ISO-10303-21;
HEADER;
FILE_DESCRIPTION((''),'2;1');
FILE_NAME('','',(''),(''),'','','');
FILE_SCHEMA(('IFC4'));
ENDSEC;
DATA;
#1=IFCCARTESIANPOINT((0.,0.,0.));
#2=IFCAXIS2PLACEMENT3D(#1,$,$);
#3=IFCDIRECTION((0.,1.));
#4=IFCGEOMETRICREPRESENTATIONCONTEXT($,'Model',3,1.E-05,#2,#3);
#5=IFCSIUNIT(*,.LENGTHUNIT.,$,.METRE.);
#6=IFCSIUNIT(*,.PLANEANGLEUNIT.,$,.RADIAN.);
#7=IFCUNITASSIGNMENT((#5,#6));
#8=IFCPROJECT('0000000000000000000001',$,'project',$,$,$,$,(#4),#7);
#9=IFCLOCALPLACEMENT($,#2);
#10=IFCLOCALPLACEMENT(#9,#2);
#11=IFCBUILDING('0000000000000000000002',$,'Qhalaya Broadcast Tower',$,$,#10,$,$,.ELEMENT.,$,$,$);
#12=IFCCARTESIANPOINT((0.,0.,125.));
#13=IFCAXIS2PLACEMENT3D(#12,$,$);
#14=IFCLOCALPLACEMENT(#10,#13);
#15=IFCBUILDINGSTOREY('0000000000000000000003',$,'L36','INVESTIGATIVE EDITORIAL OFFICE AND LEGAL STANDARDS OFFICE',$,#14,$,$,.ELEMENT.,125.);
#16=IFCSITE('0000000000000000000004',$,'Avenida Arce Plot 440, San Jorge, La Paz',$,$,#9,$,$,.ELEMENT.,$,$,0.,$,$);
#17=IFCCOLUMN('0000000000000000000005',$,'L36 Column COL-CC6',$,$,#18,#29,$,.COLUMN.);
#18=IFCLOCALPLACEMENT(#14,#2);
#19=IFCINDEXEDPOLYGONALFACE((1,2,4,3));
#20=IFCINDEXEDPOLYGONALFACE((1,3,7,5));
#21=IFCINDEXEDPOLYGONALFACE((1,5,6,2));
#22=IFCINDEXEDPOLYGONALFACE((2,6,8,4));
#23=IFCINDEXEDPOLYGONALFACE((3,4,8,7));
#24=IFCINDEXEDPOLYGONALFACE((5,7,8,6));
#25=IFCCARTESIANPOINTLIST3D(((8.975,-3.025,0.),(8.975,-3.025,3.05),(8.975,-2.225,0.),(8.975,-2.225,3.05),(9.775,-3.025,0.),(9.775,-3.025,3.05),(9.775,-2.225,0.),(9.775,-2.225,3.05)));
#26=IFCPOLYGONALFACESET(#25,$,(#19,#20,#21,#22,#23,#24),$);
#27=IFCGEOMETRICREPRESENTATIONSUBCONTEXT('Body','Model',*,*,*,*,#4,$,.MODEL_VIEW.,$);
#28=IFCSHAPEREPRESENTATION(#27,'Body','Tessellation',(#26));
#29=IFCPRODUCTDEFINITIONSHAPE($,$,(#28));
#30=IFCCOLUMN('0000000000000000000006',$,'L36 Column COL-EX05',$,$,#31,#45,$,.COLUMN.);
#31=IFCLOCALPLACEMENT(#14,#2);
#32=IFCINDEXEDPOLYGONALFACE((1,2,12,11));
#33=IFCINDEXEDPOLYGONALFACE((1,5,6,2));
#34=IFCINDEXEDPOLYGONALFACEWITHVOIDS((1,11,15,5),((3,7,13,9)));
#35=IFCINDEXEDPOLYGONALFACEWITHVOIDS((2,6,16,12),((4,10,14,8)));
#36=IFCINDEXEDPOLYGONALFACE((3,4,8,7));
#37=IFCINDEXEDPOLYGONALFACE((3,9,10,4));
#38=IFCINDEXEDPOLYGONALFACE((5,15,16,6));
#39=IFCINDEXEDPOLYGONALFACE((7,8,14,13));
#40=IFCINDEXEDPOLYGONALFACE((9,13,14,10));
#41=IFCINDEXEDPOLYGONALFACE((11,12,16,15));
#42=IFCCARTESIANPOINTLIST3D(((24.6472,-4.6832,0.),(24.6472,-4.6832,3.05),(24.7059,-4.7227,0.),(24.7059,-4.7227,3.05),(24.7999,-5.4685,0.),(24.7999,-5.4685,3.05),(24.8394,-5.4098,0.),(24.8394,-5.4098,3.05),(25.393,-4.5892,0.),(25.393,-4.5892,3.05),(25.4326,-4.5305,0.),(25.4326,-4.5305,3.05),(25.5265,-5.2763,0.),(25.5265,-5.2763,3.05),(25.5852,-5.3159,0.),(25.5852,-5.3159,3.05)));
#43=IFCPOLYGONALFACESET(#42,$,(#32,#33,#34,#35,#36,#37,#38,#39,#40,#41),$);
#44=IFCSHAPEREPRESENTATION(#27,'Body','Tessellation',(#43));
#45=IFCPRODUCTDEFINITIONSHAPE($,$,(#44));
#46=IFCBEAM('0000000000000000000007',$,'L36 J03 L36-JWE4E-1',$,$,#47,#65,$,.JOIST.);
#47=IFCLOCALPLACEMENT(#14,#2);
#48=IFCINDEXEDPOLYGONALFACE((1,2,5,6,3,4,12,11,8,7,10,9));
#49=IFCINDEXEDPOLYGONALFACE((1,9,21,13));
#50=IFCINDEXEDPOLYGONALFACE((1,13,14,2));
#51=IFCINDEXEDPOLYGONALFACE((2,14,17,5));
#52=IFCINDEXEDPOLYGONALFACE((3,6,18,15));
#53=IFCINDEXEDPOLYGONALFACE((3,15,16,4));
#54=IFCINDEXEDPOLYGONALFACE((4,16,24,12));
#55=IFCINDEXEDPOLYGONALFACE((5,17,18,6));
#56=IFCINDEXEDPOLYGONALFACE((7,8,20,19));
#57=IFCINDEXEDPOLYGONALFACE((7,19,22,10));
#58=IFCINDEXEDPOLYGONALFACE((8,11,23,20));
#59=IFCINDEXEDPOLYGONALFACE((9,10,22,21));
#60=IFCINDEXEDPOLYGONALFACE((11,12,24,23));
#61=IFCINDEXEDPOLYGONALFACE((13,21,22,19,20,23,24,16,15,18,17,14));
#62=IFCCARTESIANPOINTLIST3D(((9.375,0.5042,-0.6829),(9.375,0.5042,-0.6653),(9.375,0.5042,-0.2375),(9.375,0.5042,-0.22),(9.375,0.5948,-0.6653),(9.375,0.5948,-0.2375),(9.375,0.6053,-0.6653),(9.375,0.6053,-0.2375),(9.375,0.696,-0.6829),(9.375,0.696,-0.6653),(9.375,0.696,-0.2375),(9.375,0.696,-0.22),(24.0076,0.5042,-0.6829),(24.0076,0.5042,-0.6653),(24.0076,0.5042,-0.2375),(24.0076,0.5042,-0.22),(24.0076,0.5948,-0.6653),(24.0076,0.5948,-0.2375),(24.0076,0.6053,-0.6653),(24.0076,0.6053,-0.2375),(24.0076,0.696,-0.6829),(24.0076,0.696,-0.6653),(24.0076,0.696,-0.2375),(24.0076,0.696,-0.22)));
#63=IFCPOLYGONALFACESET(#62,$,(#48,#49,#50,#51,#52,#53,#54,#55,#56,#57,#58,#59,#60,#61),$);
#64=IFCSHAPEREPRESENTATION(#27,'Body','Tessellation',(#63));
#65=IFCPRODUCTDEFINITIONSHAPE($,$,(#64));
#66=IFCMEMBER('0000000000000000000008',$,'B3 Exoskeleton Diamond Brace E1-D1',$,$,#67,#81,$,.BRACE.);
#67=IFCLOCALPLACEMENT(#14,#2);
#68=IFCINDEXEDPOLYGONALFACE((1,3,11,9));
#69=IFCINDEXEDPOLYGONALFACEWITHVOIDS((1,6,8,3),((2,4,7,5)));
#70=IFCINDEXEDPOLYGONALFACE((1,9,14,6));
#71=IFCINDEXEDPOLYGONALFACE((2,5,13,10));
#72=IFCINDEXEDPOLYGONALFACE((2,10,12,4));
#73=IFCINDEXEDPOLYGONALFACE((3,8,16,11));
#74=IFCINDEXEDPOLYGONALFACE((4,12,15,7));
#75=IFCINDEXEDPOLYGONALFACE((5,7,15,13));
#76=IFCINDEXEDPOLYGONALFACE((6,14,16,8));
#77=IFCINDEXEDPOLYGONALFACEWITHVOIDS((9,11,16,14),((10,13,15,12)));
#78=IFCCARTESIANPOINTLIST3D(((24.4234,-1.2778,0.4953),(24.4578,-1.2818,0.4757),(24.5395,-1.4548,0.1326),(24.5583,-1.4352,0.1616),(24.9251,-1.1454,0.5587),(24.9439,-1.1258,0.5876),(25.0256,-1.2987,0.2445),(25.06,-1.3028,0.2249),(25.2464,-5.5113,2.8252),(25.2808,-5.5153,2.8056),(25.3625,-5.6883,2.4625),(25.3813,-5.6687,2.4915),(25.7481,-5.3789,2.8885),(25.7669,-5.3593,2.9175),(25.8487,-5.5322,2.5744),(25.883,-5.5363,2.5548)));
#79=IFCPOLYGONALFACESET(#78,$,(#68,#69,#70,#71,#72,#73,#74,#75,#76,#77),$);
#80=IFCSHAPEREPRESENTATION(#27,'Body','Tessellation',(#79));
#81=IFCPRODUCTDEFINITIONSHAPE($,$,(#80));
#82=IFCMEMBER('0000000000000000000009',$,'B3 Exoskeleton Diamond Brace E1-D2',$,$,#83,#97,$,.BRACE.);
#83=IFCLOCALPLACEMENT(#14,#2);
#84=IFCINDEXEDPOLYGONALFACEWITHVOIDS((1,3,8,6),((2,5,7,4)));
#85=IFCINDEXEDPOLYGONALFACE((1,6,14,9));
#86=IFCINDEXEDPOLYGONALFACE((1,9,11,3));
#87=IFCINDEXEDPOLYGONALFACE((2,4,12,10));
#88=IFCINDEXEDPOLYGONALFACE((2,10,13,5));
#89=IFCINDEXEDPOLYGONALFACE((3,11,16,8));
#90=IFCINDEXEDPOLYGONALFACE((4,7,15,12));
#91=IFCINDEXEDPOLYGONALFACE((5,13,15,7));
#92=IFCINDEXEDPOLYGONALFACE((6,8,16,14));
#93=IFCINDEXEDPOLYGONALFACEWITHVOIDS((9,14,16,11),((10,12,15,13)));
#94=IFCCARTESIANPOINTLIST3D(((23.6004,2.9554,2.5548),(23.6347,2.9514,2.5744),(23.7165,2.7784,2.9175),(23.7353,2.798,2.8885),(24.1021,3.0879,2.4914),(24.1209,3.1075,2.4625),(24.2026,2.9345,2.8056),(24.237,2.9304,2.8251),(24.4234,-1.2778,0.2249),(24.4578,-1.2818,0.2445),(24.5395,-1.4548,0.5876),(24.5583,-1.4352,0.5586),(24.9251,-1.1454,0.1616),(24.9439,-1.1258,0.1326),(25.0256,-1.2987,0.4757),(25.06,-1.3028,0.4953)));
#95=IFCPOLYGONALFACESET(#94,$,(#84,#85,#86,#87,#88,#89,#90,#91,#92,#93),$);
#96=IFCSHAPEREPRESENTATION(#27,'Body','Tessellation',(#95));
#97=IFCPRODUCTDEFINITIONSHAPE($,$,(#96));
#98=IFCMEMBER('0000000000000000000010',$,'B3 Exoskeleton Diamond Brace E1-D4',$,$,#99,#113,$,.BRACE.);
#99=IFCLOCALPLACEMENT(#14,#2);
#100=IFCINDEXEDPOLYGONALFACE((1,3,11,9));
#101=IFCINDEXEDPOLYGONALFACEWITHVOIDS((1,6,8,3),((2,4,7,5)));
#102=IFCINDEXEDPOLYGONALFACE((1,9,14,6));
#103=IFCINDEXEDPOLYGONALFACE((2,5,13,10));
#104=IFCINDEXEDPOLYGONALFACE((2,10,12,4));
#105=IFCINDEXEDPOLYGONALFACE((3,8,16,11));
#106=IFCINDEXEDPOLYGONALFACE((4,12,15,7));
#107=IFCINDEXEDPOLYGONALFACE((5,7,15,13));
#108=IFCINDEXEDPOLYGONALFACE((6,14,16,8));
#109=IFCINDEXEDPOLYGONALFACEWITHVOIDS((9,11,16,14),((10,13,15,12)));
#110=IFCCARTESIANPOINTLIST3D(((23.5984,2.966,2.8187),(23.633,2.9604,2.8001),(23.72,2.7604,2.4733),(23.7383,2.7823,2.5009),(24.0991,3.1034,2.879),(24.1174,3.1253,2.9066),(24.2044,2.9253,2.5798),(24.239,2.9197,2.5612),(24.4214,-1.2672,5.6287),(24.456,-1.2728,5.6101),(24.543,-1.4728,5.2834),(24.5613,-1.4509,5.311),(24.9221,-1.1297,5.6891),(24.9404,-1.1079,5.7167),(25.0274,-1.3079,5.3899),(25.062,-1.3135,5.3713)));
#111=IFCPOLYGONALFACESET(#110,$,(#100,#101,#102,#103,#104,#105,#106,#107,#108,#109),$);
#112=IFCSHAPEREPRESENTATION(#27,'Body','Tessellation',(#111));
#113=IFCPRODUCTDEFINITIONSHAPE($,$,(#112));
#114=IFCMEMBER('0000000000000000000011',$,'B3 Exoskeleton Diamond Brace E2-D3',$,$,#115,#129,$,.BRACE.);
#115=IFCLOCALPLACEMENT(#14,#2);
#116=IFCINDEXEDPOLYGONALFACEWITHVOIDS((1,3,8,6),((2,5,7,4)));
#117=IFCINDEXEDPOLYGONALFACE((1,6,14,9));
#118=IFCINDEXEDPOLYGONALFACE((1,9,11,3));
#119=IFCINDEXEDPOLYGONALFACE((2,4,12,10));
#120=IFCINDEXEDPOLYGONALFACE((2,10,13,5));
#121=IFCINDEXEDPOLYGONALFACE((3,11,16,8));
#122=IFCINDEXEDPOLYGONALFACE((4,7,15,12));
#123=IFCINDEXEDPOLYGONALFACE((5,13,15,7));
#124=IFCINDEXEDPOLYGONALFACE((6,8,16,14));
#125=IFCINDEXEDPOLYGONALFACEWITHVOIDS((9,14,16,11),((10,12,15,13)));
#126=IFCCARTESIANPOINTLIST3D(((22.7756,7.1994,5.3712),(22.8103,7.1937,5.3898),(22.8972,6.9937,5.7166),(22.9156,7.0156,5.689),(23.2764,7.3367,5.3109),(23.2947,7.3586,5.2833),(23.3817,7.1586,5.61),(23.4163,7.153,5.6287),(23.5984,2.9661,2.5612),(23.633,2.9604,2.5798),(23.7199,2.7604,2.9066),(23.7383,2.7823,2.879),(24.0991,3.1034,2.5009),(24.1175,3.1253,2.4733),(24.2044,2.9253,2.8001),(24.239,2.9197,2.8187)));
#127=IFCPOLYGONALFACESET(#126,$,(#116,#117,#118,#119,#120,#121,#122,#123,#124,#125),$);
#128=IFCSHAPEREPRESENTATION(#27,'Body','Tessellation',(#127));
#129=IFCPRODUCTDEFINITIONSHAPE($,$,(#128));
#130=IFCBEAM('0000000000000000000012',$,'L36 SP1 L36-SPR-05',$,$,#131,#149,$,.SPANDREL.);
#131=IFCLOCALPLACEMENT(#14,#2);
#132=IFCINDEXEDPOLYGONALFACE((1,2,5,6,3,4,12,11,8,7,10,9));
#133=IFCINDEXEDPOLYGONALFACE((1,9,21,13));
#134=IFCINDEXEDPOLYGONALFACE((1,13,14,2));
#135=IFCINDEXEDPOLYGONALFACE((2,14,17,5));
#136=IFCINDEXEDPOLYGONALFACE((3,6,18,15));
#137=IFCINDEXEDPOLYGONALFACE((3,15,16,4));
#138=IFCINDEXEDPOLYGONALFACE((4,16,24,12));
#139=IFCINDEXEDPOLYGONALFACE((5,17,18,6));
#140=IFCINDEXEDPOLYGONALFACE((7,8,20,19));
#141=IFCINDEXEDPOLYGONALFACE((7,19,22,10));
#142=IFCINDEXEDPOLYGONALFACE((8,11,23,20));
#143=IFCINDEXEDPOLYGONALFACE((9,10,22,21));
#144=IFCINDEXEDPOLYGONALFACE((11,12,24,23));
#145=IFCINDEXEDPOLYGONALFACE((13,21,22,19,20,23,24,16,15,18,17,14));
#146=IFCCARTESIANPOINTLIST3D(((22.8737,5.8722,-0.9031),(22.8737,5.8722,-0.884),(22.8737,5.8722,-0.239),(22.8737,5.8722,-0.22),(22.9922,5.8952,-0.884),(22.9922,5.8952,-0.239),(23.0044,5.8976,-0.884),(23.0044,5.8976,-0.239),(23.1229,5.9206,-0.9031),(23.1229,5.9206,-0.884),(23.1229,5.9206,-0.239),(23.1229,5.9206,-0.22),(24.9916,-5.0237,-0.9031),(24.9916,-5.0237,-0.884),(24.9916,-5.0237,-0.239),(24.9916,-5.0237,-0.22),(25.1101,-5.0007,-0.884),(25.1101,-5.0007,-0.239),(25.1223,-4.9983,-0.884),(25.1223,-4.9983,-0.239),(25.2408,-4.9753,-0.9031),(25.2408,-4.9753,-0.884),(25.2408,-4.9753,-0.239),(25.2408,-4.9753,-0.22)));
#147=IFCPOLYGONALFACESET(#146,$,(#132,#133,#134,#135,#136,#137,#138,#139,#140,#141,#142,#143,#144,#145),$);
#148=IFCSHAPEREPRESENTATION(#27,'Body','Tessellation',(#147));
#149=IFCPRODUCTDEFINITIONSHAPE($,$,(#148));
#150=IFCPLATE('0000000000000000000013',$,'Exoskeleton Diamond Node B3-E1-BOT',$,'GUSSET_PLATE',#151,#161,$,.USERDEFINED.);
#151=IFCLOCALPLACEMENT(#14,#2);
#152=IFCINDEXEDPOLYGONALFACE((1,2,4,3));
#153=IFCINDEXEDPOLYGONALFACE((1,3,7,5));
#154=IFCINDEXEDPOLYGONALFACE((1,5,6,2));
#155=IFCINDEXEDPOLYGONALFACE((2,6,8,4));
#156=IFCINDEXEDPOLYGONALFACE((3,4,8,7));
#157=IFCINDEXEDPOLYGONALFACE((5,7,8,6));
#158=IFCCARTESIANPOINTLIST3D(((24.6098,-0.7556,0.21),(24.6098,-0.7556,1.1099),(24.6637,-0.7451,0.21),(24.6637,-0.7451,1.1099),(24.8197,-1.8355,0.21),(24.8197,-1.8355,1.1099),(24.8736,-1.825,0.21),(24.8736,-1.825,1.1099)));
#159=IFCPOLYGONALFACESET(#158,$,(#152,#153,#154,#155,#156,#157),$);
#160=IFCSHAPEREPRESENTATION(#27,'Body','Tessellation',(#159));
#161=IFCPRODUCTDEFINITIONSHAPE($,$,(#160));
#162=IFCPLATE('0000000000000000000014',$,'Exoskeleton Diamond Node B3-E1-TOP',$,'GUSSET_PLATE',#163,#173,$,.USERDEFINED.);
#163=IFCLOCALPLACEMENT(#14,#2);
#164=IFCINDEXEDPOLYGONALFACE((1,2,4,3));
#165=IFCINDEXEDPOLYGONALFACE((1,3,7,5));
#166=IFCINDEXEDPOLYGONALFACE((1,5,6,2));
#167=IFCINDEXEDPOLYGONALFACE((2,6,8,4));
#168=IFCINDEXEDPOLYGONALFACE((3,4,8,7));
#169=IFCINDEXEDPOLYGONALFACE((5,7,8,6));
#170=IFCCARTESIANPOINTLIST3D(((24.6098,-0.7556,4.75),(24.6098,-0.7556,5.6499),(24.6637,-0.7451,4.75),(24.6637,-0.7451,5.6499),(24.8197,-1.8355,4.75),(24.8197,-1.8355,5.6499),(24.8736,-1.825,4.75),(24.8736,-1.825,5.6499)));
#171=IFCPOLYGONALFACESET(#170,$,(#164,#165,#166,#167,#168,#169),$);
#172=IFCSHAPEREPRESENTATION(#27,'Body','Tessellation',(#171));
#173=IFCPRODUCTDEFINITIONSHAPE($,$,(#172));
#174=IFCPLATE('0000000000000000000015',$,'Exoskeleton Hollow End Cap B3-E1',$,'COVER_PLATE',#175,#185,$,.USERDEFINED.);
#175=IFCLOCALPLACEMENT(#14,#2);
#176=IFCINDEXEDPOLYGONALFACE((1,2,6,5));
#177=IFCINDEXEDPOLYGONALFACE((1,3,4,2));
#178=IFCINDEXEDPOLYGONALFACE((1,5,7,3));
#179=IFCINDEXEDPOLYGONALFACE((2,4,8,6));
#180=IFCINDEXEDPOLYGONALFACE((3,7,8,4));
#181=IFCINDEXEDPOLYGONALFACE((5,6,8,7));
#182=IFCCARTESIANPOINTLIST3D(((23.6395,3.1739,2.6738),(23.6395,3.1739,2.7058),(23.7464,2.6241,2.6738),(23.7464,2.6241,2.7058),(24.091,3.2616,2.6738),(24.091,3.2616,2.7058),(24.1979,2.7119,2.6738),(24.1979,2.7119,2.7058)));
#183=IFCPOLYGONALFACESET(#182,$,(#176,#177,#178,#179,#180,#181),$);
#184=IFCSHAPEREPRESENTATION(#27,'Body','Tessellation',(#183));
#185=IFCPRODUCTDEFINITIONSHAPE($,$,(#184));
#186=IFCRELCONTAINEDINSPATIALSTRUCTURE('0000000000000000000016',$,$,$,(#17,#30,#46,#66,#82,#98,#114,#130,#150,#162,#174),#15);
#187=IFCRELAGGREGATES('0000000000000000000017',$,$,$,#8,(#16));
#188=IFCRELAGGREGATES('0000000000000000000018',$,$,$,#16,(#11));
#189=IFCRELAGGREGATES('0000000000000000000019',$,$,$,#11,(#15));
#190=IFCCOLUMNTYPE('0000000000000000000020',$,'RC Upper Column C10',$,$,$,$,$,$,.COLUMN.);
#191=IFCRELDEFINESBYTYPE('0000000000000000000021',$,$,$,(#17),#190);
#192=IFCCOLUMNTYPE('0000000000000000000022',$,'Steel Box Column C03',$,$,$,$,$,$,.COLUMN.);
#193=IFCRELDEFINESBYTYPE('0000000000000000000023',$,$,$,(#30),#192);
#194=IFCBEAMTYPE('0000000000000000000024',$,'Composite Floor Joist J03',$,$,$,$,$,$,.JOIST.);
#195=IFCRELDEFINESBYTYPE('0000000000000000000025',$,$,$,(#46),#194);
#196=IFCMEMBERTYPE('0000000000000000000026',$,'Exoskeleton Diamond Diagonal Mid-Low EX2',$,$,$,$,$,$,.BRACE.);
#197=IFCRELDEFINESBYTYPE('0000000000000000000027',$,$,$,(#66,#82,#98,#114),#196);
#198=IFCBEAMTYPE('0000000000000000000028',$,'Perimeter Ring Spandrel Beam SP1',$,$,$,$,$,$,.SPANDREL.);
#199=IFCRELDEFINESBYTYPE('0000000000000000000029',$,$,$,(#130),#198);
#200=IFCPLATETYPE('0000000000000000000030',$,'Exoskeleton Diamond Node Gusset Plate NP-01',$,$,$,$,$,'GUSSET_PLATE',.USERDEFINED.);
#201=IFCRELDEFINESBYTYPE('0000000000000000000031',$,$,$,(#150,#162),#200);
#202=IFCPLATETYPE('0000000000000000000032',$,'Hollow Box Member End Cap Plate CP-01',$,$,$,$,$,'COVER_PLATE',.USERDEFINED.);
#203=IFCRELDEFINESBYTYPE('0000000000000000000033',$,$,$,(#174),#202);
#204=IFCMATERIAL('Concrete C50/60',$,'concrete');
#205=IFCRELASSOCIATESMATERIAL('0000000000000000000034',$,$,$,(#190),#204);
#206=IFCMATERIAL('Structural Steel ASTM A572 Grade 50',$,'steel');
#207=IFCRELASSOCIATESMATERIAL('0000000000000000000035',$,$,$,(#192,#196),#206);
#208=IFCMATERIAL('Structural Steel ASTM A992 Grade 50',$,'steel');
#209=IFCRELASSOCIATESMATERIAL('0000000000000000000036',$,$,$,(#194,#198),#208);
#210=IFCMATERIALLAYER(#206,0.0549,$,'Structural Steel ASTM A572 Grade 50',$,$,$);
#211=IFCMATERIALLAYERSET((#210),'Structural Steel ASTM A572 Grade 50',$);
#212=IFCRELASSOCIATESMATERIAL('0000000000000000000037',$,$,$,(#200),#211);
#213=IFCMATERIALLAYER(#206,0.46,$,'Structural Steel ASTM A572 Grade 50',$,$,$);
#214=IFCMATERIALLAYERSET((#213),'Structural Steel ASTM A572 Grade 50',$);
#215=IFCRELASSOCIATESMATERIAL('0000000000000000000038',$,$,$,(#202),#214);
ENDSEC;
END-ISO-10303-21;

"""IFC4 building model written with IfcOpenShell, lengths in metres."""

from ifc_helpers import new_model, si_unit, direction, frame, origin, origin_2d, place, context, subcontext, project, spatial, rectangle, hollow_rectangle, i_section, extrude, material, layer, layer_set, material_profile, profile_set, type_object, element, save


model = new_model("IFC4")

# Units and contexts
model_context = context("Model", 3, precision=1e-05, world=origin(), true_north=direction((0.0, 1.0)))
body_context = subcontext(model_context, "Body", "Model", "MODEL_VIEW")
ifc_project = project(units=[si_unit("LENGTHUNIT", "METRE"), si_unit("PLANEANGLEUNIT", "RADIAN")], contexts=[model_context])

# Site, building, storey
site_placement = place(None, origin())
site = spatial("IfcSite", under=ifc_project, at=site_placement, Name="Avenida Arce Plot 440, San Jorge, La Paz", CompositionType="ELEMENT", RefElevation=0.0)
building_placement = place(site_placement, origin())
building = spatial("IfcBuilding", under=site, at=building_placement, Name="Qhalaya Broadcast Tower", CompositionType="ELEMENT")
storey_placement = place(building_placement, frame((0.0, 0.0, 125.0)))
storey = spatial("IfcBuildingStorey", under=building, at=storey_placement, Name="L36", Description="INVESTIGATIVE EDITORIAL OFFICE AND LEGAL STANDARDS OFFICE", CompositionType="ELEMENT", Elevation=125.0)

# Columns
ifc_material_1 = material(Name="Concrete C50/60", Category="concrete")
ifc_material_profile_1 = material_profile(ifc_material_1, rectangle(XDim=0.8, YDim=0.8, at=origin_2d()), Name="RC-COL 800x800")
ifc_profile_set_1 = profile_set([ifc_material_profile_1], Name="Concrete C50/60")
column_type_1 = type_object("IfcColumnType", Name="RC Upper Column C10", PredefinedType="COLUMN", material=ifc_profile_set_1)
column_1_placement = place(storey_placement, frame((9.375, -2.625, 0.0), z_axis=(0.0, 0.0, 1.0), x_axis=(1.0, 0.0, 0.0)))
element("IfcColumn", 1, at=column_1_placement, inside=storey, type_object=column_type_1, Name="L36 Column COL-CC6", PredefinedType="COLUMN", context=body_context, shape_type="SweptSolid", body=[
    extrude(rectangle(XDim=0.8, YDim=0.8, at=origin_2d()), origin(), (0.0, 0.0, 1.0), 3.05),
])
ifc_material_2 = material(Name="Structural Steel ASTM A572 Grade 50", Category="steel")
ifc_material_profile_2 = material_profile(ifc_material_2, hollow_rectangle(XDim=0.8, YDim=0.8, WallThickness=0.05, at=origin_2d()), Name="BOX 800x800x50")
ifc_profile_set_2 = profile_set([ifc_material_profile_2], Name="Structural Steel ASTM A572 Grade 50")
column_type_2 = type_object("IfcColumnType", Name="Steel Box Column C03", PredefinedType="COLUMN", material=ifc_profile_set_2)
column_2_placement = place(storey_placement, frame((25.1162, -4.9995, 0.0), z_axis=(0.0, 0.0, 1.0), x_axis=(-0.190809, 0.981627, 0.0)))
element("IfcColumn", 2, at=column_2_placement, inside=storey, type_object=column_type_2, Name="L36 Column COL-EX05", PredefinedType="COLUMN", context=body_context, shape_type="SweptSolid", body=[
    extrude(hollow_rectangle(XDim=0.8, YDim=0.8, WallThickness=0.05, at=origin_2d()), origin(), (0.0, 0.0, 1.0), 3.05),
])

# Beam
ifc_material_3 = material(Name="Structural Steel ASTM A992 Grade 50", Category="steel")
ifc_material_profile_3 = material_profile(ifc_material_3, i_section(OverallWidth=0.1919, OverallDepth=0.4629, WebThickness=0.0105, FlangeThickness=0.0176, at=origin_2d()), Name="W18X60")
ifc_profile_set_3 = profile_set([ifc_material_profile_3], Name="Structural Steel ASTM A992 Grade 50")
beam_type_1 = type_object("IfcBeamType", Name="Composite Floor Joist J03", PredefinedType="JOIST", material=ifc_profile_set_3)
beam_1_placement = place(storey_placement, frame((9.375, 0.6001, -0.4514), z_axis=(1.0, 0.0, 0.0), x_axis=(0.0, 1.0, 0.0)))
element("IfcBeam", 3, at=beam_1_placement, inside=storey, type_object=beam_type_1, Name="L36 J03 L36-JWE4E-1", PredefinedType="JOIST", context=body_context, shape_type="SweptSolid", body=[
    extrude(i_section(OverallWidth=0.1919, OverallDepth=0.4629, WebThickness=0.0105, FlangeThickness=0.0176, at=origin_2d()), origin(), (0.0, 0.0, 1.0), 14.6326),
])

# Members
ifc_material_profile_4 = material_profile(ifc_material_2, hollow_rectangle(XDim=0.4199, YDim=0.55, WallThickness=0.0281, at=origin_2d()), Name="BOX 420x550x28")
ifc_profile_set_4 = profile_set([ifc_material_profile_4], Name="Structural Steel ASTM A572 Grade 50")
member_type = type_object("IfcMemberType", Name="Exoskeleton Diamond Diagonal Mid-Low EX2", PredefinedType="BRACE", material=ifc_profile_set_4)
member_1_placement = place(storey_placement, frame((24.7417, -1.2903, 0.3601), z_axis=(0.167899, -0.863651, 0.475307), x_axis=(-0.27634, 0.421587, 0.863655)))
element("IfcMember", 4, at=member_1_placement, inside=storey, type_object=member_type, Name="B3 Exoskeleton Diamond Brace E1-D1", PredefinedType="BRACE", context=body_context, shape_type="SweptSolid", body=[
    extrude(hollow_rectangle(XDim=0.4199, YDim=0.55, WallThickness=0.0281, at=origin_2d()), origin(), (0.0, 0.0, 1.0), 4.9019),
])
member_2_placement = place(storey_placement, frame((24.7417, -1.2903, 0.3601), z_axis=(-0.167906, 0.863638, 0.475327), x_axis=(0.276349, -0.421604, 0.863644)))
element("IfcMember", 5, at=member_2_placement, inside=storey, type_object=member_type, Name="B3 Exoskeleton Diamond Brace E1-D2", PredefinedType="BRACE", context=body_context, shape_type="SweptSolid", body=[
    extrude(hollow_rectangle(XDim=0.4199, YDim=0.55, WallThickness=0.0281, at=origin_2d()), origin(), (0.0, 0.0, 1.0), 4.9016),
])
for number, where, z_axis, x_axis, name in (
    (6, (23.9187, 2.9429, 2.6899), (0.159893, -0.822424, 0.545943), (-0.289578, 0.489647, 0.822429), "B3 Exoskeleton Diamond Brace E1-D4"),
    (7, (23.9187, 2.9429, 2.6899), (-0.159841, 0.822445, 0.545925), (0.289542, -0.48965, 0.82244), "B3 Exoskeleton Diamond Brace E2-D3"),
):
    element("IfcMember", number, at=place(storey_placement, frame(where, z_axis=z_axis, x_axis=x_axis)), inside=storey, type_object=member_type, Name=name, PredefinedType="BRACE", context=body_context, shape_type="SweptSolid", body=[
        extrude(hollow_rectangle(XDim=0.4199, YDim=0.55, WallThickness=0.0281, at=origin_2d()), origin(), (0.0, 0.0, 1.0), 5.1472),
    ])

# Beam
ifc_material_profile_5 = material_profile(ifc_material_3, i_section(OverallWidth=0.2539, OverallDepth=0.6831, WebThickness=0.0125, FlangeThickness=0.019, at=origin_2d()), Name="W27X94")
ifc_profile_set_5 = profile_set([ifc_material_profile_5], Name="Structural Steel ASTM A992 Grade 50")
beam_type_2 = type_object("IfcBeamType", Name="Perimeter Ring Spandrel Beam SP1", PredefinedType="SPANDREL", material=ifc_profile_set_5)
beam_2_placement = place(storey_placement, frame((25.1162, -4.9995, -0.5615), z_axis=(-0.190805, 0.981628, 0.0), x_axis=(-0.981628, -0.190805, 0.0)))
element("IfcBeam", 8, at=beam_2_placement, inside=storey, type_object=beam_type_2, Name="L36 SP1 L36-SPR-05", PredefinedType="SPANDREL", context=body_context, shape_type="SweptSolid", body=[
    extrude(i_section(OverallWidth=0.2539, OverallDepth=0.6831, WebThickness=0.0125, FlangeThickness=0.019, at=origin_2d()), origin(), (0.0, 0.0, 1.0), 11.0999),
])

# Plates
ifc_layer_1 = layer(ifc_material_2, 0.0549, Name="Structural Steel ASTM A572 Grade 50")
ifc_layer_set_1 = layer_set([ifc_layer_1], Name="Structural Steel ASTM A572 Grade 50")
plate_type_1 = type_object("IfcPlateType", Name="Exoskeleton Diamond Node Gusset Plate NP-01", ElementType="GUSSET_PLATE", PredefinedType="USERDEFINED", material=ifc_layer_set_1)
for number, where, z_axis, x_axis, name in (
    (9, (24.7417, -1.2903, 0.21), (0.0, 0.0, 1.0), (-0.190809, 0.981627, 0.0), "Exoskeleton Diamond Node B3-E1-BOT"),
    (10, (24.7417, -1.2903, 4.75), (0.0, 0.0, 1.0), (-0.190809, 0.981627, 0.0), "Exoskeleton Diamond Node B3-E1-TOP"),
):
    element("IfcPlate", number, at=place(storey_placement, frame(where, z_axis=z_axis, x_axis=x_axis)), inside=storey, type_object=plate_type_1, Name=name, ObjectType="GUSSET_PLATE", PredefinedType="USERDEFINED", context=body_context, shape_type="SweptSolid", body=[
        extrude(rectangle(XDim=1.1001, YDim=0.0549, at=origin_2d()), origin(), (0.0, 0.0, 1.0), 0.8999),
    ])
ifc_layer_2 = layer(ifc_material_2, 0.46, Name="Structural Steel ASTM A572 Grade 50")
ifc_layer_set_2 = layer_set([ifc_layer_2], Name="Structural Steel ASTM A572 Grade 50")
plate_type_2 = type_object("IfcPlateType", Name="Hollow Box Member End Cap Plate CP-01", ElementType="COVER_PLATE", PredefinedType="USERDEFINED", material=ifc_layer_set_2)
plate_placement = place(storey_placement, frame((23.9187, 2.9429, 2.6738), z_axis=(0.0, 0.0, 1.0), x_axis=(-0.190809, 0.981627, 0.0)))
element("IfcPlate", 11, at=plate_placement, inside=storey, type_object=plate_type_2, Name="Exoskeleton Hollow End Cap B3-E1", ObjectType="COVER_PLATE", PredefinedType="USERDEFINED", context=body_context, shape_type="SweptSolid", body=[
    extrude(rectangle(XDim=0.5601, YDim=0.46, at=origin_2d()), origin(), (0.0, 0.0, 1.0), 0.032),
])

save(model, "model.ifc")
